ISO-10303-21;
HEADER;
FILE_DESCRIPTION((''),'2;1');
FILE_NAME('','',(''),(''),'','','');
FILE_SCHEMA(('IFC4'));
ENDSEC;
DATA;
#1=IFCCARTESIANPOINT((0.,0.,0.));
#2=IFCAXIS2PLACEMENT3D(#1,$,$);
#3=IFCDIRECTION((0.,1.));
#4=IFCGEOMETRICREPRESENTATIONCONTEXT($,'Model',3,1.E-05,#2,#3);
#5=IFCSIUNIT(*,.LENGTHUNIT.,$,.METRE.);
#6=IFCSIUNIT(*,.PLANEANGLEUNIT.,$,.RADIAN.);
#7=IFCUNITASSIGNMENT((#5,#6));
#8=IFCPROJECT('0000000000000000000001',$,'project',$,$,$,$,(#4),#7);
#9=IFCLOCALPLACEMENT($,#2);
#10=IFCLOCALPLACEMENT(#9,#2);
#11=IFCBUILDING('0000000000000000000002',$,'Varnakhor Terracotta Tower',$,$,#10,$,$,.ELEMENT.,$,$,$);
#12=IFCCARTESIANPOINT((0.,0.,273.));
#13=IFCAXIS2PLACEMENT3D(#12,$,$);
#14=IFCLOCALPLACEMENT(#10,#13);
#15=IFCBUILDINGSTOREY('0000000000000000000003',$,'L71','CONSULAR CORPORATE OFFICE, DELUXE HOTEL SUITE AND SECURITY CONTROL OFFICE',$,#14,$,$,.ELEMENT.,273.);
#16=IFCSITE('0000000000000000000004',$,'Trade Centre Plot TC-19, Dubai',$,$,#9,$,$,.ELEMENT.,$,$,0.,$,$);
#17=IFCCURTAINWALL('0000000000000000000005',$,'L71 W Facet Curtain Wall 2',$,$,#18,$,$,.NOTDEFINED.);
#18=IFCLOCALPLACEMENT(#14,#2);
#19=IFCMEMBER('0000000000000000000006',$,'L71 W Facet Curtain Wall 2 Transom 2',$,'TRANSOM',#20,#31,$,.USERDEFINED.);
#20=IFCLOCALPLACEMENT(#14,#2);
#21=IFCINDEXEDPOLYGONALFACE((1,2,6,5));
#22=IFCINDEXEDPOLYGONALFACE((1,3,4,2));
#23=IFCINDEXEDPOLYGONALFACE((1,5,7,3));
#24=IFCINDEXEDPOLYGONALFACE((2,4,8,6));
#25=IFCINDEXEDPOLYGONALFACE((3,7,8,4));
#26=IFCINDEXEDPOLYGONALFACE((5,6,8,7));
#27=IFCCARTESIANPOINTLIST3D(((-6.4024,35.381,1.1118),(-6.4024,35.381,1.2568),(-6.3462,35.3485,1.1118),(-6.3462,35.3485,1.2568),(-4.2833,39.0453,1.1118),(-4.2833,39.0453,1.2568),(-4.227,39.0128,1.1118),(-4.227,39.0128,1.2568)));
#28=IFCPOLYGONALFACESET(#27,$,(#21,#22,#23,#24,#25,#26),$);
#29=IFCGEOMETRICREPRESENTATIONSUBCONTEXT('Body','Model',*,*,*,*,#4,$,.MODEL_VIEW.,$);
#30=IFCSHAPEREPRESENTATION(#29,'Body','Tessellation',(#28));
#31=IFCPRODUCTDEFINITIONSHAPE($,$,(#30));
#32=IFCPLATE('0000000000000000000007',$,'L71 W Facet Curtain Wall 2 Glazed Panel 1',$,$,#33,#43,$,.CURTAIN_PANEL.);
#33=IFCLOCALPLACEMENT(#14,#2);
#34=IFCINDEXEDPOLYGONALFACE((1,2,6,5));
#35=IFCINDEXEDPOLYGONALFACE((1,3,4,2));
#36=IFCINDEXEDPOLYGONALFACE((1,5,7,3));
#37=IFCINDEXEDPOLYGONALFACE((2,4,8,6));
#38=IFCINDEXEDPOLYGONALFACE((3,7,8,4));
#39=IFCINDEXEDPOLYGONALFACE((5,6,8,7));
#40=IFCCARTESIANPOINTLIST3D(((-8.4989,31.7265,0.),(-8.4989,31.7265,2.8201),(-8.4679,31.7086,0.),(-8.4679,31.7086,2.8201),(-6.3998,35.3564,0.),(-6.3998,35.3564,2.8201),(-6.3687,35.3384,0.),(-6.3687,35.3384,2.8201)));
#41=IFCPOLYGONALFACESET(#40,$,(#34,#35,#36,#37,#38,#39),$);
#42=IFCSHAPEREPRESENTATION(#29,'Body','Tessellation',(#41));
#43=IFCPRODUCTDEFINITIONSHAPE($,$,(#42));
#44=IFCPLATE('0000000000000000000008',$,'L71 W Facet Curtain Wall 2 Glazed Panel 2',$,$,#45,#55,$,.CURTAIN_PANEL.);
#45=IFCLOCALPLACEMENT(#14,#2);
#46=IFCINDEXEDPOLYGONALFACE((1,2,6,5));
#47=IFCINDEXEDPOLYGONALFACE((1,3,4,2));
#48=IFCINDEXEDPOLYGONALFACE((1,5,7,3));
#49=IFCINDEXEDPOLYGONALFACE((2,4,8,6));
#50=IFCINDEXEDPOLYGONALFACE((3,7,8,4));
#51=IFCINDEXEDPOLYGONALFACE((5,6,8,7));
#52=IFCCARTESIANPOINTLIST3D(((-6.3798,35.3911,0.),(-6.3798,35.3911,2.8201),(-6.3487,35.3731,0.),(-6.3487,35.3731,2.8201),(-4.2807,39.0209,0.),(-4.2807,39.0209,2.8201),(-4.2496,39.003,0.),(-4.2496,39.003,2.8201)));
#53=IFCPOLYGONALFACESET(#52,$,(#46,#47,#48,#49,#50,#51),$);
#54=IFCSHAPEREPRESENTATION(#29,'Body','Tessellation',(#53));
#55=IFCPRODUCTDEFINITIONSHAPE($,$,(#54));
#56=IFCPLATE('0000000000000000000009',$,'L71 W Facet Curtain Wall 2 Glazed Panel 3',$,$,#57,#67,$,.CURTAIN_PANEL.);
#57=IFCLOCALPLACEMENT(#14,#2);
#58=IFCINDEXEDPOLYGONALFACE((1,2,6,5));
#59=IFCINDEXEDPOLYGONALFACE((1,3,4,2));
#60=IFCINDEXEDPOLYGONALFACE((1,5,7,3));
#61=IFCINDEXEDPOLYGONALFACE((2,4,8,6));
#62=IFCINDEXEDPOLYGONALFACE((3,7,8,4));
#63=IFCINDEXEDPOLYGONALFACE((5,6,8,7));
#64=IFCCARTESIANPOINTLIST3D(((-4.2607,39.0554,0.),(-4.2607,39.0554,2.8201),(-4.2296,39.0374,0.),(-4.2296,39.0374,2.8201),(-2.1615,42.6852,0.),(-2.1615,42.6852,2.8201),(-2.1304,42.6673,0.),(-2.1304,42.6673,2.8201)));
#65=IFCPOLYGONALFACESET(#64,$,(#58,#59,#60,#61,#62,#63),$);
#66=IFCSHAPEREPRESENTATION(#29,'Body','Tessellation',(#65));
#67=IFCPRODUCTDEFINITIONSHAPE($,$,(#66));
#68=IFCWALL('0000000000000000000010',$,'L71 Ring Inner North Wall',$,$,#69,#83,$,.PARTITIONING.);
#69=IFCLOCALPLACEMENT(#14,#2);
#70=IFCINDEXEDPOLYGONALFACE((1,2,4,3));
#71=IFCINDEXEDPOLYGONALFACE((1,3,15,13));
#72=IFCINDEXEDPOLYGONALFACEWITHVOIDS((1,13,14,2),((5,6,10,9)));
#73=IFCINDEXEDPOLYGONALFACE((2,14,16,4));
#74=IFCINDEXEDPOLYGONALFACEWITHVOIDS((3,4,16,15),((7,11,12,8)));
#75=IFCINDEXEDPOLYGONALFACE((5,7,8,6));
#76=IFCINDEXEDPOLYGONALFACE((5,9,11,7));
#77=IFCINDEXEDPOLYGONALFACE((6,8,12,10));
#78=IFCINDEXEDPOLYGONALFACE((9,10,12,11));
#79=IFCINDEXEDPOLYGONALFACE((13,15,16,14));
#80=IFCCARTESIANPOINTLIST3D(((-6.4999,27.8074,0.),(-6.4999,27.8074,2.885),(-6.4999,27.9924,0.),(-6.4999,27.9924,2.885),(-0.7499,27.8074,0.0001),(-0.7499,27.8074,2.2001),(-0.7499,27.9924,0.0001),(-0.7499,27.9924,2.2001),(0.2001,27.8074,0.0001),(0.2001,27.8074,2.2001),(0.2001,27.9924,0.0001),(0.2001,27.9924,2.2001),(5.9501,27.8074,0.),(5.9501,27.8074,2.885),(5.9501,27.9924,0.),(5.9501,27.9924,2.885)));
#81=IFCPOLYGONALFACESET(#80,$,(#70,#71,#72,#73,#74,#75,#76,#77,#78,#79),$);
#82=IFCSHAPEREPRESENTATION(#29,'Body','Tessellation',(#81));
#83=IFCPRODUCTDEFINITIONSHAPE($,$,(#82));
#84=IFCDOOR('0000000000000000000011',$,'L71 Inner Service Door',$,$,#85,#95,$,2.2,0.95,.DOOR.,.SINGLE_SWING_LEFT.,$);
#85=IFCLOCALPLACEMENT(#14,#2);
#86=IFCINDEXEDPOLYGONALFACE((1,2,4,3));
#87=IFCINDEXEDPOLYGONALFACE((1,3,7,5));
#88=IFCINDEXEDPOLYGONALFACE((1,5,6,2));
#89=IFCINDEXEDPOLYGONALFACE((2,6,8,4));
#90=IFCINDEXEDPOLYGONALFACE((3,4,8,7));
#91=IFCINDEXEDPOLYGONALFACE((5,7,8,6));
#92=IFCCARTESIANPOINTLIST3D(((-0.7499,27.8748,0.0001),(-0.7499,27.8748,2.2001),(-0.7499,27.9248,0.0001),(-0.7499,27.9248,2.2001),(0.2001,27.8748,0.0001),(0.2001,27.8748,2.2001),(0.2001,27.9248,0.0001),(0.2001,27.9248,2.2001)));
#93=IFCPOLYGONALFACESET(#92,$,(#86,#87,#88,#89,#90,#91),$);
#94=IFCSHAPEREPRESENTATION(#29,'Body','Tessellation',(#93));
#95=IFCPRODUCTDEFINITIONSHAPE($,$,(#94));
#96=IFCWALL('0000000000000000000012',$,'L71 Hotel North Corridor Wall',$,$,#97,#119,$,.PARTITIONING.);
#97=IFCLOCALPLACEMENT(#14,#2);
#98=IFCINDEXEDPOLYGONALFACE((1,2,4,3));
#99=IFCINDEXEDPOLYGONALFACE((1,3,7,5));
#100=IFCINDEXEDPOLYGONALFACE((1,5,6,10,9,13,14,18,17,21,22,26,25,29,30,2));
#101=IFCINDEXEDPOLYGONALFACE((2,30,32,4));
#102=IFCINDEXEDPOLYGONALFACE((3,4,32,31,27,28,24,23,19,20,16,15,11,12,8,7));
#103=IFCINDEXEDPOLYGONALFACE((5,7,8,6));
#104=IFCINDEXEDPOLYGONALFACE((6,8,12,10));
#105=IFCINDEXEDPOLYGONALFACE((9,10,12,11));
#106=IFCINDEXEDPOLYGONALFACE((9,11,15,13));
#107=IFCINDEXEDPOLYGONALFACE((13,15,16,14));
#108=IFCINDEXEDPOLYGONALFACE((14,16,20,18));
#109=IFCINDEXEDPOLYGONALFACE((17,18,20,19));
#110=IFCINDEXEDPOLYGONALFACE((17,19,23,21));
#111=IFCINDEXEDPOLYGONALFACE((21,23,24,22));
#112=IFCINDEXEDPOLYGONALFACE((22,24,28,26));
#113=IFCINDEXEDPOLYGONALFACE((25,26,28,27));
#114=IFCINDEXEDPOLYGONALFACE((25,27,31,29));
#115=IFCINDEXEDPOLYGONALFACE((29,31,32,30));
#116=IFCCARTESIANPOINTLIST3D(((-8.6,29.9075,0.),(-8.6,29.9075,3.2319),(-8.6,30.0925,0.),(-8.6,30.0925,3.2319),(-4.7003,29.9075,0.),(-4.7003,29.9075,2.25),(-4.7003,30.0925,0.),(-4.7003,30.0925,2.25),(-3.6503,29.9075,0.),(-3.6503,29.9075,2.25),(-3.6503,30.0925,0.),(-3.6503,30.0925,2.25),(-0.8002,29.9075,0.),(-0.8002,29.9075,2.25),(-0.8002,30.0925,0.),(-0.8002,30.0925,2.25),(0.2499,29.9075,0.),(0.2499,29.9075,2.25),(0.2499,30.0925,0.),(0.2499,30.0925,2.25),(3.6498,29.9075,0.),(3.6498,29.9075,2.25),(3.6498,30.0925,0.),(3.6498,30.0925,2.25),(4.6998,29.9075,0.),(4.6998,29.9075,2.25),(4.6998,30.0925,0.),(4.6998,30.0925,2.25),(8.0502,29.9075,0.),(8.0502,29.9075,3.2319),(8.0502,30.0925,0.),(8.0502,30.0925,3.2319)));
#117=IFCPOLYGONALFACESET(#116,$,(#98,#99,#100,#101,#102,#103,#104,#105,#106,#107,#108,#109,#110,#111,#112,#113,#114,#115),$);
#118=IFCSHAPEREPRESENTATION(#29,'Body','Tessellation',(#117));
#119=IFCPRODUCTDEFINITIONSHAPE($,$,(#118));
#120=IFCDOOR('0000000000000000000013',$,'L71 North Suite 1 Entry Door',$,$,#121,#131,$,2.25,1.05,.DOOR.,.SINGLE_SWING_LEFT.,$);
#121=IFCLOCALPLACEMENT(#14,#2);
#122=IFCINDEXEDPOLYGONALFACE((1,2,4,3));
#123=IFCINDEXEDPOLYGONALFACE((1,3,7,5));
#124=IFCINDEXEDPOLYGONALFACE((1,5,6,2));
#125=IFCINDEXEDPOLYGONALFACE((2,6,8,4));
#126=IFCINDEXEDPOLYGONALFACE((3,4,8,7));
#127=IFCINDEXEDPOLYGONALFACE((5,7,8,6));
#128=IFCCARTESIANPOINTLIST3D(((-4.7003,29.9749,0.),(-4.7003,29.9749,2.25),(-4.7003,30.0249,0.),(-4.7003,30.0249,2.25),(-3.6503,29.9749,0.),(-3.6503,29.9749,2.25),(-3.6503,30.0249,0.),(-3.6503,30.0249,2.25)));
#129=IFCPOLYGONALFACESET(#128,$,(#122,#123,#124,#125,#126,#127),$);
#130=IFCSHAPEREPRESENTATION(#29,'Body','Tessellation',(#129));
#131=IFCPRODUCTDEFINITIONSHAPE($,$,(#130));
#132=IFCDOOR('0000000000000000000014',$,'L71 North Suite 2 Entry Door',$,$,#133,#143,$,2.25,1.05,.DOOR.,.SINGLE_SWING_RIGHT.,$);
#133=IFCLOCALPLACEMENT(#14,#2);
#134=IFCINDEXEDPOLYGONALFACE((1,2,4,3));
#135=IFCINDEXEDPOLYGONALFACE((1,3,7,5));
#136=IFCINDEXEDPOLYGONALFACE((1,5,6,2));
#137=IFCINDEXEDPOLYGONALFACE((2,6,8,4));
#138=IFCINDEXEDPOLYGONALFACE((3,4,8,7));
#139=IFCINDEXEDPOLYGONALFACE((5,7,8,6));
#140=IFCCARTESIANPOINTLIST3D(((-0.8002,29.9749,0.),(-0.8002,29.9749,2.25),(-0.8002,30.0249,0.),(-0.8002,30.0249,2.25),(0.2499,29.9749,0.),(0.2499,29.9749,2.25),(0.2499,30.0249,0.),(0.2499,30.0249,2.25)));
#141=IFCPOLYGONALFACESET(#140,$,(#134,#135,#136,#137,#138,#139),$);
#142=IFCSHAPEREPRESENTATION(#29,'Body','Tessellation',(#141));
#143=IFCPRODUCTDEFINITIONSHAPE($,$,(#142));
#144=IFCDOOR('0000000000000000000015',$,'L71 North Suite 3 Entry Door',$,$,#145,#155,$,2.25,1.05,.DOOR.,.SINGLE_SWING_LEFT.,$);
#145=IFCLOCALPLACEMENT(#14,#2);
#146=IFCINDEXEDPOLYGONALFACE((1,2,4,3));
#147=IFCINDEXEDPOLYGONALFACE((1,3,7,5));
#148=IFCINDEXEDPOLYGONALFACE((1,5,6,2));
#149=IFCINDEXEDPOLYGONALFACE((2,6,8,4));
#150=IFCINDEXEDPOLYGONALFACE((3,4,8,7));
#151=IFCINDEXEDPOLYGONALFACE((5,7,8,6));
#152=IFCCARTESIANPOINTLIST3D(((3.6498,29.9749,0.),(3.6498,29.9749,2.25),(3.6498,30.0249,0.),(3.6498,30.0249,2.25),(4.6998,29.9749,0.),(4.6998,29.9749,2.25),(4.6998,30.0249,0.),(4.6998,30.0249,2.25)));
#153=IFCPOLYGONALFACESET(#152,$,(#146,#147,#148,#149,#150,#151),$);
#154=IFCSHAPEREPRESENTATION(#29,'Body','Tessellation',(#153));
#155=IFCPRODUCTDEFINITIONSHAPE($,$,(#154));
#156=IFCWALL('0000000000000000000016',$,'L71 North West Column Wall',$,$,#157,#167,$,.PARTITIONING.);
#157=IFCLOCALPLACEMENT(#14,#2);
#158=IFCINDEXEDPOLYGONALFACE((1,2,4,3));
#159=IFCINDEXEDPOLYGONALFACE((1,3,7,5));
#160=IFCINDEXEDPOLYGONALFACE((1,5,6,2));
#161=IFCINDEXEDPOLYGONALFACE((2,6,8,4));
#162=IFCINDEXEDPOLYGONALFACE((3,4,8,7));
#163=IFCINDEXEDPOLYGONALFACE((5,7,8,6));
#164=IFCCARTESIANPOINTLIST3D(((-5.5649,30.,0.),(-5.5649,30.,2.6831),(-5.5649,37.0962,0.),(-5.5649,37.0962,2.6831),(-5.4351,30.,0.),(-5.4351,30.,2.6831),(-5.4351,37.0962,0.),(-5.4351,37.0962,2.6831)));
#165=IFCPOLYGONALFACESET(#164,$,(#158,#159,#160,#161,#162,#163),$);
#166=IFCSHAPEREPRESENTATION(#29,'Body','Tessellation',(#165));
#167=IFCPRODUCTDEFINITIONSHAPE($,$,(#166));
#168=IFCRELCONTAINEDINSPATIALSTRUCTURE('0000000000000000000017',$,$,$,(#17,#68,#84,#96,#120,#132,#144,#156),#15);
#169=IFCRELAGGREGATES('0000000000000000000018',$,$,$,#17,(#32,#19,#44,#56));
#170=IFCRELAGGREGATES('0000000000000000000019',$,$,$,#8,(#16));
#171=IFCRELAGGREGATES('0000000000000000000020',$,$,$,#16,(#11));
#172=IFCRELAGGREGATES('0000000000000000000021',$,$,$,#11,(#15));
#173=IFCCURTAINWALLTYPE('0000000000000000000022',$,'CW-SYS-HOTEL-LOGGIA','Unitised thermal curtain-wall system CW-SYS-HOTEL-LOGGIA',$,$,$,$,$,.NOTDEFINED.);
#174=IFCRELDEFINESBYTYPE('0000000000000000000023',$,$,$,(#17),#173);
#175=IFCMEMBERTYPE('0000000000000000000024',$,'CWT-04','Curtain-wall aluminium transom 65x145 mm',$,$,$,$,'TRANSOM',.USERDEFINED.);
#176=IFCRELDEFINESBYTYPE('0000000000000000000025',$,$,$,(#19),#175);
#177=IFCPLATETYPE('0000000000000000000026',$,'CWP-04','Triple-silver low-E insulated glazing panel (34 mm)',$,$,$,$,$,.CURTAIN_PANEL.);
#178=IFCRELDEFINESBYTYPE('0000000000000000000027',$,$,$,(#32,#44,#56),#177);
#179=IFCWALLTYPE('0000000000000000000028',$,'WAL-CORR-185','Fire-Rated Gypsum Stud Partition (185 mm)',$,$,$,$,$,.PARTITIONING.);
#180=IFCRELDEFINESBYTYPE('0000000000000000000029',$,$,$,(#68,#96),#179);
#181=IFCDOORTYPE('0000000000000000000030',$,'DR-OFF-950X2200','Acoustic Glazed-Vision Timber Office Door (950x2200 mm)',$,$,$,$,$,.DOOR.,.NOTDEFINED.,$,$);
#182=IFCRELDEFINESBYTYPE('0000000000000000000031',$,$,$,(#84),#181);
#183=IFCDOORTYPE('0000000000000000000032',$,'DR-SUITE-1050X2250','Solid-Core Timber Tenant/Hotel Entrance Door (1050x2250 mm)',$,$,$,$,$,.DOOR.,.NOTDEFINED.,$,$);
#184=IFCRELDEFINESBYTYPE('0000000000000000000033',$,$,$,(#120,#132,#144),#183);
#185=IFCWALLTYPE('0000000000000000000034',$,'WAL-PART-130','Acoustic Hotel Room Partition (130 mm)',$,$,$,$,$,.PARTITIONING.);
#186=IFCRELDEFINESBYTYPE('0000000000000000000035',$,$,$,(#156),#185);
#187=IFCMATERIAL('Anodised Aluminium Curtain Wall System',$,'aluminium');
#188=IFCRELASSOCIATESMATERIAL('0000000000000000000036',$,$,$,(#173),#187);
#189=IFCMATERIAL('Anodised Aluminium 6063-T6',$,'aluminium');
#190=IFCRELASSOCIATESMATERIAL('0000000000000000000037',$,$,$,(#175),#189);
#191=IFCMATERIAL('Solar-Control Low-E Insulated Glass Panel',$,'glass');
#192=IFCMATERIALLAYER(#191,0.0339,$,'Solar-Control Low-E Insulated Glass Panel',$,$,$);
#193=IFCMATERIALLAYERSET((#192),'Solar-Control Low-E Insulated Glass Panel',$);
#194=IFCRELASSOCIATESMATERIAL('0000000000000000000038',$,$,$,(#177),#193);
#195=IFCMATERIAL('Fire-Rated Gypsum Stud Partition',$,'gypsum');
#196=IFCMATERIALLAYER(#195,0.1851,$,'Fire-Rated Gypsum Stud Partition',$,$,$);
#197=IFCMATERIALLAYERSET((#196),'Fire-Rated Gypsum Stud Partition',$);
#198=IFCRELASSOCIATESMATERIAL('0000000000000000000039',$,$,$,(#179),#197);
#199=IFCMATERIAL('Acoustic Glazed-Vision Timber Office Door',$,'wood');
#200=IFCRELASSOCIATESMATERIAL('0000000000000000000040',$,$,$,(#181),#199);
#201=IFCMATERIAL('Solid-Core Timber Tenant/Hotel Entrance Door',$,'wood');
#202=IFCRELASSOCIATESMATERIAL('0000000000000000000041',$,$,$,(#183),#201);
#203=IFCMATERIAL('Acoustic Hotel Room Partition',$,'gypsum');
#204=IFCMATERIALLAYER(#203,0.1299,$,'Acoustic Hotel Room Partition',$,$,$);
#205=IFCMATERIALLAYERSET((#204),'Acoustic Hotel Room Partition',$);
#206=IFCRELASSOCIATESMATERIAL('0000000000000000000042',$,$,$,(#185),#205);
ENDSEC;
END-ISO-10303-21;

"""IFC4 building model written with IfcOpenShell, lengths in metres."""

from ifc_helpers import new_model, si_unit, direction, frame, frame_2d, origin, origin_2d, place, context, subcontext, project, spatial, rectangle, extrude, source, transform, mapped, material, layer, layer_set, material_profile, profile_set, type_object, type_shapes, element, fill, aggregate, save


model = new_model("IFC4")

# Units and contexts
model_context = context("Model", 3, precision=1e-05, world=origin(), true_north=direction((0.0, 1.0)))
body_context = subcontext(model_context, "Body", "Model", "MODEL_VIEW")
ifc_project = project(units=[si_unit("LENGTHUNIT", "METRE"), si_unit("PLANEANGLEUNIT", "RADIAN")], contexts=[model_context])

# Site, building, storey
site_placement = place(None, origin())
site = spatial("IfcSite", under=ifc_project, at=site_placement, Name="Trade Centre Plot TC-19, Dubai", CompositionType="ELEMENT", RefElevation=0.0)
building_placement = place(site_placement, origin())
building = spatial("IfcBuilding", under=site, at=building_placement, Name="Varnakhor Terracotta Tower", CompositionType="ELEMENT")
storey_placement = place(building_placement, frame((0.0, 0.0, 273.0)))
storey = spatial("IfcBuildingStorey", under=building, at=storey_placement, Name="L71", Description="CONSULAR CORPORATE OFFICE, DELUXE HOTEL SUITE AND SECURITY CONTROL OFFICE", CompositionType="ELEMENT", Elevation=273.0)

# Curtain wall
ifc_material_1 = material(Name="Anodised Aluminium Curtain Wall System", Category="aluminium")
curtain_wall_type = type_object("IfcCurtainWallType", Name="CW-SYS-HOTEL-LOGGIA", Description="Unitised thermal curtain-wall system CW-SYS-HOTEL-LOGGIA", PredefinedType="NOTDEFINED", material=ifc_material_1)
curtain_wall_placement = place(storey_placement, origin())
curtain_wall = element("IfcCurtainWall", 1, at=curtain_wall_placement, inside=storey, type_object=curtain_wall_type, Name="L71 W Facet Curtain Wall 2", PredefinedType="NOTDEFINED")
ifc_material_2 = material(Name="Anodised Aluminium 6063-T6", Category="aluminium")

# Member
ifc_material_profile_1 = material_profile(ifc_material_2, rectangle(XDim=0.0649, YDim=0.145, at=origin_2d()), Name="ALU TRANSOM 65x145")
ifc_profile_set_1 = profile_set([ifc_material_profile_1], Name="Anodised Aluminium 6063-T6")
member_type_1 = type_object("IfcMemberType", Name="CWT-04", Description="Curtain-wall aluminium transom 65x145 mm", ElementType="TRANSOM", PredefinedType="USERDEFINED", material=ifc_profile_set_1)
shared_shape_1 = source(origin(), body_context, "Body", "SweptSolid", [
    extrude(rectangle(XDim=0.0649, YDim=0.145, at=origin_2d()), origin(), (0.0, 0.0, 1.0), 4.2329),
])
member_1_placement = place(storey_placement, frame((-6.3743, 35.3647, 1.1843), z_axis=(0.500629, 0.865662, 0.0), x_axis=(-0.865662, 0.500629, 0.0)))
member_1 = element("IfcMember", 2, at=member_1_placement, type_object=member_type_1, Name="L71 W Facet Curtain Wall 2 Transom 2", ObjectType="TRANSOM", PredefinedType="USERDEFINED", context=body_context, shape_type="MappedRepresentation", body=[
    mapped(shared_shape_1, transform((0.0, 0.0, 0.0), scale=1.0)),
])

# Plates
ifc_material_3 = material(Name="Solar-Control Low-E Insulated Glass Panel", Category="glass")
ifc_layer_1 = layer(ifc_material_3, 0.0339, Name="Solar-Control Low-E Insulated Glass Panel")
ifc_layer_set_1 = layer_set([ifc_layer_1], Name="Solar-Control Low-E Insulated Glass Panel")
plate_type = type_object("IfcPlateType", Name="CWP-04", Description="Triple-silver low-E insulated glazing panel (34 mm)", PredefinedType="CURTAIN_PANEL", material=ifc_layer_set_1)
shared_shape_2 = source(origin(), body_context, "Body", "SweptSolid", [
    extrude(rectangle(XDim=4.1931, YDim=0.0359, at=origin_2d()), origin(), (0.0, 0.0, 1.0), 2.8201),
])
plate_1_placement = place(storey_placement, frame((-7.4338, 33.5325, 0.0), z_axis=(0.0, 0.0, 1.0), x_axis=(0.50062, 0.865667, 0.0)))
plate_1 = element("IfcPlate", 3, at=plate_1_placement, type_object=plate_type, Name="L71 W Facet Curtain Wall 2 Glazed Panel 1", PredefinedType="CURTAIN_PANEL", context=body_context, shape_type="MappedRepresentation", body=[
    mapped(shared_shape_2, transform((0.0, 0.0, 0.0), scale=1.0)),
])
plate_2_placement = place(storey_placement, frame((-5.3147, 37.197, 0.0), z_axis=(0.0, 0.0, 1.0), x_axis=(0.50062, 0.865667, 0.0)))
plate_2 = element("IfcPlate", 4, at=plate_2_placement, type_object=plate_type, Name="L71 W Facet Curtain Wall 2 Glazed Panel 2", PredefinedType="CURTAIN_PANEL", context=body_context, shape_type="MappedRepresentation", body=[
    mapped(shared_shape_2, transform((0.0, 0.0, 0.0), scale=1.0)),
])
plate_3_placement = place(storey_placement, frame((-3.1956, 40.8613, 0.0), z_axis=(0.0, 0.0, 1.0), x_axis=(0.50062, 0.865667, 0.0)))
plate_3 = element("IfcPlate", 5, at=plate_3_placement, type_object=plate_type, Name="L71 W Facet Curtain Wall 2 Glazed Panel 3", PredefinedType="CURTAIN_PANEL", context=body_context, shape_type="MappedRepresentation", body=[
    mapped(shared_shape_2, transform((0.0, 0.0, 0.0), scale=1.0)),
])
aggregate(curtain_wall, [plate_1, member_1, plate_2, plate_3])

# Wall, opening, door
ifc_material_4 = material(Name="Fire-Rated Gypsum Stud Partition", Category="gypsum")
ifc_layer_2 = layer(ifc_material_4, 0.1851, Name="Fire-Rated Gypsum Stud Partition")
ifc_layer_set_2 = layer_set([ifc_layer_2], Name="Fire-Rated Gypsum Stud Partition")
wall_type_1 = type_object("IfcWallType", Name="WAL-CORR-185", Description="Fire-Rated Gypsum Stud Partition (185 mm)", PredefinedType="PARTITIONING", material=ifc_layer_set_2)
wall_1_placement = place(storey_placement, frame((-6.5, 27.8999, 0.0), z_axis=(0.0, 0.0, 1.0), x_axis=(1.0, 0.0, 0.0)))
wall_1 = element("IfcWall", 6, at=wall_1_placement, inside=storey, type_object=wall_type_1, Name="L71 Ring Inner North Wall", PredefinedType="PARTITIONING", context=body_context, shape_type="SweptSolid", body=[
    extrude(rectangle(XDim=12.45, YDim=0.1851, at=frame_2d((6.2251, 0.0))), origin(), (0.0, 0.0, 1.0), 2.885),
])
opening_1_placement = place(wall_1_placement, frame((5.75, 0.0, 0.0)))
opening_1 = element("IfcOpeningElement", 7, at=opening_1_placement, cuts=wall_1, PredefinedType="OPENING", context=body_context, shape_type="SweptSolid", body=[
    extrude(rectangle(XDim=0.95, YDim=2.2, at=frame_2d((0.4751, 1.1001))), frame((0.0, 0.1025, 0.0), z_axis=(0.0, -1.0, 0.0), x_axis=(1.0, 0.0, 0.0)), (0.0, 0.0, 1.0), 0.2051),
])
ifc_material_5 = material(Name="Acoustic Glazed-Vision Timber Office Door", Category="wood")
door_type_1 = type_object("IfcDoorType", Name="DR-OFF-950X2200", Description="Acoustic Glazed-Vision Timber Office Door (950x2200 mm)", OperationType="NOTDEFINED", PredefinedType="DOOR", material=ifc_material_5)
shared_shape_3 = source(origin(), body_context, "Body", "SweptSolid", [
    extrude(rectangle(XDim=0.95, YDim=2.2, at=frame_2d((0.4751, 1.1001))), frame((0.0, 0.0249, 0.0), z_axis=(0.0, -1.0, 0.0), x_axis=(1.0, 0.0, 0.0)), (0.0, 0.0, 1.0), 0.05),
])
type_shapes(door_type_1, [shared_shape_3])
door_1_placement = place(opening_1_placement, origin())
door_1 = element("IfcDoor", 8, at=door_1_placement, inside=storey, type_object=door_type_1, Name="L71 Inner Service Door", OperationType="SINGLE_SWING_LEFT", OverallHeight=2.2, OverallWidth=0.95, PredefinedType="DOOR", context=body_context, shape_type="MappedRepresentation", body=[
    mapped(shared_shape_3, transform((0.0, 0.0, 0.0), scale=1.0)),
])
fill(opening_1, door_1)

# Wall, openings, doors
wall_2_placement = place(storey_placement, frame((-8.6001, 30.0, 0.0), z_axis=(0.0, 0.0, 1.0), x_axis=(1.0, 0.0, 0.0)))
wall_2 = element("IfcWall", 9, at=wall_2_placement, inside=storey, type_object=wall_type_1, Name="L71 Hotel North Corridor Wall", PredefinedType="PARTITIONING", context=body_context, shape_type="SweptSolid", body=[
    extrude(rectangle(XDim=16.6501, YDim=0.1851, at=frame_2d((8.3252, 0.0))), origin(), (0.0, 0.0, 1.0), 3.2319),
])
opening_2_placement = place(wall_2_placement, frame((3.8999, 0.0, 0.0)))
opening_2 = element("IfcOpeningElement", 10, at=opening_2_placement, cuts=wall_2, PredefinedType="OPENING", context=body_context, shape_type="SweptSolid", body=[
    extrude(rectangle(XDim=1.05, YDim=2.25, at=frame_2d((0.5249, 1.125))), frame((0.0, 0.1025, 0.0), z_axis=(0.0, -1.0, 0.0), x_axis=(1.0, 0.0, 0.0)), (0.0, 0.0, 1.0), 0.2051),
])
opening_3_placement = place(wall_2_placement, frame((7.8, 0.0, 0.0)))
opening_3 = element("IfcOpeningElement", 11, at=opening_3_placement, cuts=wall_2, PredefinedType="OPENING", context=body_context, shape_type="SweptSolid", body=[
    extrude(rectangle(XDim=1.05, YDim=2.25, at=frame_2d((0.5249, 1.125))), frame((0.0, 0.1025, 0.0), z_axis=(0.0, -1.0, 0.0), x_axis=(1.0, 0.0, 0.0)), (0.0, 0.0, 1.0), 0.2051),
])
opening_4_placement = place(wall_2_placement, frame((12.25, 0.0, 0.0)))
opening_4 = element("IfcOpeningElement", 12, at=opening_4_placement, cuts=wall_2, PredefinedType="OPENING", context=body_context, shape_type="SweptSolid", body=[
    extrude(rectangle(XDim=1.05, YDim=2.25, at=frame_2d((0.5249, 1.125))), frame((0.0, 0.1025, 0.0), z_axis=(0.0, -1.0, 0.0), x_axis=(1.0, 0.0, 0.0)), (0.0, 0.0, 1.0), 0.2051),
])
ifc_material_6 = material(Name="Solid-Core Timber Tenant/Hotel Entrance Door", Category="wood")
door_type_2 = type_object("IfcDoorType", Name="DR-SUITE-1050X2250", Description="Solid-Core Timber Tenant/Hotel Entrance Door (1050x2250 mm)", OperationType="NOTDEFINED", PredefinedType="DOOR", material=ifc_material_6)
shared_shape_4 = source(origin(), body_context, "Body", "SweptSolid", [
    extrude(rectangle(XDim=1.05, YDim=2.25, at=frame_2d((0.5249, 1.125))), frame((0.0, 0.0249, 0.0), z_axis=(0.0, -1.0, 0.0), x_axis=(1.0, 0.0, 0.0)), (0.0, 0.0, 1.0), 0.05),
])
type_shapes(door_type_2, [shared_shape_4])
door_2_placement = place(opening_2_placement, origin())
door_2 = element("IfcDoor", 13, at=door_2_placement, inside=storey, type_object=door_type_2, Name="L71 North Suite 1 Entry Door", OperationType="SINGLE_SWING_LEFT", OverallHeight=2.25, OverallWidth=1.05, PredefinedType="DOOR", context=body_context, shape_type="MappedRepresentation", body=[
    mapped(shared_shape_4, transform((0.0, 0.0, 0.0), scale=1.0)),
])
fill(opening_2, door_2)
door_3_placement = place(opening_3_placement, origin())
door_3 = element("IfcDoor", 14, at=door_3_placement, inside=storey, type_object=door_type_2, Name="L71 North Suite 2 Entry Door", OperationType="SINGLE_SWING_RIGHT", OverallHeight=2.25, OverallWidth=1.05, PredefinedType="DOOR", context=body_context, shape_type="MappedRepresentation", body=[
    mapped(shared_shape_4, transform((0.0, 0.0, 0.0), scale=1.0)),
])
fill(opening_3, door_3)
door_4_placement = place(opening_4_placement, origin())
door_4 = element("IfcDoor", 15, at=door_4_placement, inside=storey, type_object=door_type_2, Name="L71 North Suite 3 Entry Door", OperationType="SINGLE_SWING_LEFT", OverallHeight=2.25, OverallWidth=1.05, PredefinedType="DOOR", context=body_context, shape_type="MappedRepresentation", body=[
    mapped(shared_shape_4, transform((0.0, 0.0, 0.0), scale=1.0)),
])
fill(opening_4, door_4)

# Wall
ifc_material_7 = material(Name="Acoustic Hotel Room Partition", Category="gypsum")
ifc_layer_3 = layer(ifc_material_7, 0.1299, Name="Acoustic Hotel Room Partition")
ifc_layer_set_3 = layer_set([ifc_layer_3], Name="Acoustic Hotel Room Partition")
wall_type_2 = type_object("IfcWallType", Name="WAL-PART-130", Description="Acoustic Hotel Room Partition (130 mm)", PredefinedType="PARTITIONING", material=ifc_layer_set_3)
wall_3_placement = place(storey_placement, frame((-5.5, 30.0, 0.0), z_axis=(0.0, 0.0, 1.0), x_axis=(0.0, 1.0, 0.0)))
element("IfcWall", 16, at=wall_3_placement, inside=storey, type_object=wall_type_2, Name="L71 North West Column Wall", PredefinedType="PARTITIONING", context=body_context, shape_type="SweptSolid", body=[
    extrude(rectangle(XDim=7.0962, YDim=0.1299, at=frame_2d((3.5481, 0.0))), origin(), (0.0, 0.0, 1.0), 2.6831),
])

save(model, "model.ifc")
